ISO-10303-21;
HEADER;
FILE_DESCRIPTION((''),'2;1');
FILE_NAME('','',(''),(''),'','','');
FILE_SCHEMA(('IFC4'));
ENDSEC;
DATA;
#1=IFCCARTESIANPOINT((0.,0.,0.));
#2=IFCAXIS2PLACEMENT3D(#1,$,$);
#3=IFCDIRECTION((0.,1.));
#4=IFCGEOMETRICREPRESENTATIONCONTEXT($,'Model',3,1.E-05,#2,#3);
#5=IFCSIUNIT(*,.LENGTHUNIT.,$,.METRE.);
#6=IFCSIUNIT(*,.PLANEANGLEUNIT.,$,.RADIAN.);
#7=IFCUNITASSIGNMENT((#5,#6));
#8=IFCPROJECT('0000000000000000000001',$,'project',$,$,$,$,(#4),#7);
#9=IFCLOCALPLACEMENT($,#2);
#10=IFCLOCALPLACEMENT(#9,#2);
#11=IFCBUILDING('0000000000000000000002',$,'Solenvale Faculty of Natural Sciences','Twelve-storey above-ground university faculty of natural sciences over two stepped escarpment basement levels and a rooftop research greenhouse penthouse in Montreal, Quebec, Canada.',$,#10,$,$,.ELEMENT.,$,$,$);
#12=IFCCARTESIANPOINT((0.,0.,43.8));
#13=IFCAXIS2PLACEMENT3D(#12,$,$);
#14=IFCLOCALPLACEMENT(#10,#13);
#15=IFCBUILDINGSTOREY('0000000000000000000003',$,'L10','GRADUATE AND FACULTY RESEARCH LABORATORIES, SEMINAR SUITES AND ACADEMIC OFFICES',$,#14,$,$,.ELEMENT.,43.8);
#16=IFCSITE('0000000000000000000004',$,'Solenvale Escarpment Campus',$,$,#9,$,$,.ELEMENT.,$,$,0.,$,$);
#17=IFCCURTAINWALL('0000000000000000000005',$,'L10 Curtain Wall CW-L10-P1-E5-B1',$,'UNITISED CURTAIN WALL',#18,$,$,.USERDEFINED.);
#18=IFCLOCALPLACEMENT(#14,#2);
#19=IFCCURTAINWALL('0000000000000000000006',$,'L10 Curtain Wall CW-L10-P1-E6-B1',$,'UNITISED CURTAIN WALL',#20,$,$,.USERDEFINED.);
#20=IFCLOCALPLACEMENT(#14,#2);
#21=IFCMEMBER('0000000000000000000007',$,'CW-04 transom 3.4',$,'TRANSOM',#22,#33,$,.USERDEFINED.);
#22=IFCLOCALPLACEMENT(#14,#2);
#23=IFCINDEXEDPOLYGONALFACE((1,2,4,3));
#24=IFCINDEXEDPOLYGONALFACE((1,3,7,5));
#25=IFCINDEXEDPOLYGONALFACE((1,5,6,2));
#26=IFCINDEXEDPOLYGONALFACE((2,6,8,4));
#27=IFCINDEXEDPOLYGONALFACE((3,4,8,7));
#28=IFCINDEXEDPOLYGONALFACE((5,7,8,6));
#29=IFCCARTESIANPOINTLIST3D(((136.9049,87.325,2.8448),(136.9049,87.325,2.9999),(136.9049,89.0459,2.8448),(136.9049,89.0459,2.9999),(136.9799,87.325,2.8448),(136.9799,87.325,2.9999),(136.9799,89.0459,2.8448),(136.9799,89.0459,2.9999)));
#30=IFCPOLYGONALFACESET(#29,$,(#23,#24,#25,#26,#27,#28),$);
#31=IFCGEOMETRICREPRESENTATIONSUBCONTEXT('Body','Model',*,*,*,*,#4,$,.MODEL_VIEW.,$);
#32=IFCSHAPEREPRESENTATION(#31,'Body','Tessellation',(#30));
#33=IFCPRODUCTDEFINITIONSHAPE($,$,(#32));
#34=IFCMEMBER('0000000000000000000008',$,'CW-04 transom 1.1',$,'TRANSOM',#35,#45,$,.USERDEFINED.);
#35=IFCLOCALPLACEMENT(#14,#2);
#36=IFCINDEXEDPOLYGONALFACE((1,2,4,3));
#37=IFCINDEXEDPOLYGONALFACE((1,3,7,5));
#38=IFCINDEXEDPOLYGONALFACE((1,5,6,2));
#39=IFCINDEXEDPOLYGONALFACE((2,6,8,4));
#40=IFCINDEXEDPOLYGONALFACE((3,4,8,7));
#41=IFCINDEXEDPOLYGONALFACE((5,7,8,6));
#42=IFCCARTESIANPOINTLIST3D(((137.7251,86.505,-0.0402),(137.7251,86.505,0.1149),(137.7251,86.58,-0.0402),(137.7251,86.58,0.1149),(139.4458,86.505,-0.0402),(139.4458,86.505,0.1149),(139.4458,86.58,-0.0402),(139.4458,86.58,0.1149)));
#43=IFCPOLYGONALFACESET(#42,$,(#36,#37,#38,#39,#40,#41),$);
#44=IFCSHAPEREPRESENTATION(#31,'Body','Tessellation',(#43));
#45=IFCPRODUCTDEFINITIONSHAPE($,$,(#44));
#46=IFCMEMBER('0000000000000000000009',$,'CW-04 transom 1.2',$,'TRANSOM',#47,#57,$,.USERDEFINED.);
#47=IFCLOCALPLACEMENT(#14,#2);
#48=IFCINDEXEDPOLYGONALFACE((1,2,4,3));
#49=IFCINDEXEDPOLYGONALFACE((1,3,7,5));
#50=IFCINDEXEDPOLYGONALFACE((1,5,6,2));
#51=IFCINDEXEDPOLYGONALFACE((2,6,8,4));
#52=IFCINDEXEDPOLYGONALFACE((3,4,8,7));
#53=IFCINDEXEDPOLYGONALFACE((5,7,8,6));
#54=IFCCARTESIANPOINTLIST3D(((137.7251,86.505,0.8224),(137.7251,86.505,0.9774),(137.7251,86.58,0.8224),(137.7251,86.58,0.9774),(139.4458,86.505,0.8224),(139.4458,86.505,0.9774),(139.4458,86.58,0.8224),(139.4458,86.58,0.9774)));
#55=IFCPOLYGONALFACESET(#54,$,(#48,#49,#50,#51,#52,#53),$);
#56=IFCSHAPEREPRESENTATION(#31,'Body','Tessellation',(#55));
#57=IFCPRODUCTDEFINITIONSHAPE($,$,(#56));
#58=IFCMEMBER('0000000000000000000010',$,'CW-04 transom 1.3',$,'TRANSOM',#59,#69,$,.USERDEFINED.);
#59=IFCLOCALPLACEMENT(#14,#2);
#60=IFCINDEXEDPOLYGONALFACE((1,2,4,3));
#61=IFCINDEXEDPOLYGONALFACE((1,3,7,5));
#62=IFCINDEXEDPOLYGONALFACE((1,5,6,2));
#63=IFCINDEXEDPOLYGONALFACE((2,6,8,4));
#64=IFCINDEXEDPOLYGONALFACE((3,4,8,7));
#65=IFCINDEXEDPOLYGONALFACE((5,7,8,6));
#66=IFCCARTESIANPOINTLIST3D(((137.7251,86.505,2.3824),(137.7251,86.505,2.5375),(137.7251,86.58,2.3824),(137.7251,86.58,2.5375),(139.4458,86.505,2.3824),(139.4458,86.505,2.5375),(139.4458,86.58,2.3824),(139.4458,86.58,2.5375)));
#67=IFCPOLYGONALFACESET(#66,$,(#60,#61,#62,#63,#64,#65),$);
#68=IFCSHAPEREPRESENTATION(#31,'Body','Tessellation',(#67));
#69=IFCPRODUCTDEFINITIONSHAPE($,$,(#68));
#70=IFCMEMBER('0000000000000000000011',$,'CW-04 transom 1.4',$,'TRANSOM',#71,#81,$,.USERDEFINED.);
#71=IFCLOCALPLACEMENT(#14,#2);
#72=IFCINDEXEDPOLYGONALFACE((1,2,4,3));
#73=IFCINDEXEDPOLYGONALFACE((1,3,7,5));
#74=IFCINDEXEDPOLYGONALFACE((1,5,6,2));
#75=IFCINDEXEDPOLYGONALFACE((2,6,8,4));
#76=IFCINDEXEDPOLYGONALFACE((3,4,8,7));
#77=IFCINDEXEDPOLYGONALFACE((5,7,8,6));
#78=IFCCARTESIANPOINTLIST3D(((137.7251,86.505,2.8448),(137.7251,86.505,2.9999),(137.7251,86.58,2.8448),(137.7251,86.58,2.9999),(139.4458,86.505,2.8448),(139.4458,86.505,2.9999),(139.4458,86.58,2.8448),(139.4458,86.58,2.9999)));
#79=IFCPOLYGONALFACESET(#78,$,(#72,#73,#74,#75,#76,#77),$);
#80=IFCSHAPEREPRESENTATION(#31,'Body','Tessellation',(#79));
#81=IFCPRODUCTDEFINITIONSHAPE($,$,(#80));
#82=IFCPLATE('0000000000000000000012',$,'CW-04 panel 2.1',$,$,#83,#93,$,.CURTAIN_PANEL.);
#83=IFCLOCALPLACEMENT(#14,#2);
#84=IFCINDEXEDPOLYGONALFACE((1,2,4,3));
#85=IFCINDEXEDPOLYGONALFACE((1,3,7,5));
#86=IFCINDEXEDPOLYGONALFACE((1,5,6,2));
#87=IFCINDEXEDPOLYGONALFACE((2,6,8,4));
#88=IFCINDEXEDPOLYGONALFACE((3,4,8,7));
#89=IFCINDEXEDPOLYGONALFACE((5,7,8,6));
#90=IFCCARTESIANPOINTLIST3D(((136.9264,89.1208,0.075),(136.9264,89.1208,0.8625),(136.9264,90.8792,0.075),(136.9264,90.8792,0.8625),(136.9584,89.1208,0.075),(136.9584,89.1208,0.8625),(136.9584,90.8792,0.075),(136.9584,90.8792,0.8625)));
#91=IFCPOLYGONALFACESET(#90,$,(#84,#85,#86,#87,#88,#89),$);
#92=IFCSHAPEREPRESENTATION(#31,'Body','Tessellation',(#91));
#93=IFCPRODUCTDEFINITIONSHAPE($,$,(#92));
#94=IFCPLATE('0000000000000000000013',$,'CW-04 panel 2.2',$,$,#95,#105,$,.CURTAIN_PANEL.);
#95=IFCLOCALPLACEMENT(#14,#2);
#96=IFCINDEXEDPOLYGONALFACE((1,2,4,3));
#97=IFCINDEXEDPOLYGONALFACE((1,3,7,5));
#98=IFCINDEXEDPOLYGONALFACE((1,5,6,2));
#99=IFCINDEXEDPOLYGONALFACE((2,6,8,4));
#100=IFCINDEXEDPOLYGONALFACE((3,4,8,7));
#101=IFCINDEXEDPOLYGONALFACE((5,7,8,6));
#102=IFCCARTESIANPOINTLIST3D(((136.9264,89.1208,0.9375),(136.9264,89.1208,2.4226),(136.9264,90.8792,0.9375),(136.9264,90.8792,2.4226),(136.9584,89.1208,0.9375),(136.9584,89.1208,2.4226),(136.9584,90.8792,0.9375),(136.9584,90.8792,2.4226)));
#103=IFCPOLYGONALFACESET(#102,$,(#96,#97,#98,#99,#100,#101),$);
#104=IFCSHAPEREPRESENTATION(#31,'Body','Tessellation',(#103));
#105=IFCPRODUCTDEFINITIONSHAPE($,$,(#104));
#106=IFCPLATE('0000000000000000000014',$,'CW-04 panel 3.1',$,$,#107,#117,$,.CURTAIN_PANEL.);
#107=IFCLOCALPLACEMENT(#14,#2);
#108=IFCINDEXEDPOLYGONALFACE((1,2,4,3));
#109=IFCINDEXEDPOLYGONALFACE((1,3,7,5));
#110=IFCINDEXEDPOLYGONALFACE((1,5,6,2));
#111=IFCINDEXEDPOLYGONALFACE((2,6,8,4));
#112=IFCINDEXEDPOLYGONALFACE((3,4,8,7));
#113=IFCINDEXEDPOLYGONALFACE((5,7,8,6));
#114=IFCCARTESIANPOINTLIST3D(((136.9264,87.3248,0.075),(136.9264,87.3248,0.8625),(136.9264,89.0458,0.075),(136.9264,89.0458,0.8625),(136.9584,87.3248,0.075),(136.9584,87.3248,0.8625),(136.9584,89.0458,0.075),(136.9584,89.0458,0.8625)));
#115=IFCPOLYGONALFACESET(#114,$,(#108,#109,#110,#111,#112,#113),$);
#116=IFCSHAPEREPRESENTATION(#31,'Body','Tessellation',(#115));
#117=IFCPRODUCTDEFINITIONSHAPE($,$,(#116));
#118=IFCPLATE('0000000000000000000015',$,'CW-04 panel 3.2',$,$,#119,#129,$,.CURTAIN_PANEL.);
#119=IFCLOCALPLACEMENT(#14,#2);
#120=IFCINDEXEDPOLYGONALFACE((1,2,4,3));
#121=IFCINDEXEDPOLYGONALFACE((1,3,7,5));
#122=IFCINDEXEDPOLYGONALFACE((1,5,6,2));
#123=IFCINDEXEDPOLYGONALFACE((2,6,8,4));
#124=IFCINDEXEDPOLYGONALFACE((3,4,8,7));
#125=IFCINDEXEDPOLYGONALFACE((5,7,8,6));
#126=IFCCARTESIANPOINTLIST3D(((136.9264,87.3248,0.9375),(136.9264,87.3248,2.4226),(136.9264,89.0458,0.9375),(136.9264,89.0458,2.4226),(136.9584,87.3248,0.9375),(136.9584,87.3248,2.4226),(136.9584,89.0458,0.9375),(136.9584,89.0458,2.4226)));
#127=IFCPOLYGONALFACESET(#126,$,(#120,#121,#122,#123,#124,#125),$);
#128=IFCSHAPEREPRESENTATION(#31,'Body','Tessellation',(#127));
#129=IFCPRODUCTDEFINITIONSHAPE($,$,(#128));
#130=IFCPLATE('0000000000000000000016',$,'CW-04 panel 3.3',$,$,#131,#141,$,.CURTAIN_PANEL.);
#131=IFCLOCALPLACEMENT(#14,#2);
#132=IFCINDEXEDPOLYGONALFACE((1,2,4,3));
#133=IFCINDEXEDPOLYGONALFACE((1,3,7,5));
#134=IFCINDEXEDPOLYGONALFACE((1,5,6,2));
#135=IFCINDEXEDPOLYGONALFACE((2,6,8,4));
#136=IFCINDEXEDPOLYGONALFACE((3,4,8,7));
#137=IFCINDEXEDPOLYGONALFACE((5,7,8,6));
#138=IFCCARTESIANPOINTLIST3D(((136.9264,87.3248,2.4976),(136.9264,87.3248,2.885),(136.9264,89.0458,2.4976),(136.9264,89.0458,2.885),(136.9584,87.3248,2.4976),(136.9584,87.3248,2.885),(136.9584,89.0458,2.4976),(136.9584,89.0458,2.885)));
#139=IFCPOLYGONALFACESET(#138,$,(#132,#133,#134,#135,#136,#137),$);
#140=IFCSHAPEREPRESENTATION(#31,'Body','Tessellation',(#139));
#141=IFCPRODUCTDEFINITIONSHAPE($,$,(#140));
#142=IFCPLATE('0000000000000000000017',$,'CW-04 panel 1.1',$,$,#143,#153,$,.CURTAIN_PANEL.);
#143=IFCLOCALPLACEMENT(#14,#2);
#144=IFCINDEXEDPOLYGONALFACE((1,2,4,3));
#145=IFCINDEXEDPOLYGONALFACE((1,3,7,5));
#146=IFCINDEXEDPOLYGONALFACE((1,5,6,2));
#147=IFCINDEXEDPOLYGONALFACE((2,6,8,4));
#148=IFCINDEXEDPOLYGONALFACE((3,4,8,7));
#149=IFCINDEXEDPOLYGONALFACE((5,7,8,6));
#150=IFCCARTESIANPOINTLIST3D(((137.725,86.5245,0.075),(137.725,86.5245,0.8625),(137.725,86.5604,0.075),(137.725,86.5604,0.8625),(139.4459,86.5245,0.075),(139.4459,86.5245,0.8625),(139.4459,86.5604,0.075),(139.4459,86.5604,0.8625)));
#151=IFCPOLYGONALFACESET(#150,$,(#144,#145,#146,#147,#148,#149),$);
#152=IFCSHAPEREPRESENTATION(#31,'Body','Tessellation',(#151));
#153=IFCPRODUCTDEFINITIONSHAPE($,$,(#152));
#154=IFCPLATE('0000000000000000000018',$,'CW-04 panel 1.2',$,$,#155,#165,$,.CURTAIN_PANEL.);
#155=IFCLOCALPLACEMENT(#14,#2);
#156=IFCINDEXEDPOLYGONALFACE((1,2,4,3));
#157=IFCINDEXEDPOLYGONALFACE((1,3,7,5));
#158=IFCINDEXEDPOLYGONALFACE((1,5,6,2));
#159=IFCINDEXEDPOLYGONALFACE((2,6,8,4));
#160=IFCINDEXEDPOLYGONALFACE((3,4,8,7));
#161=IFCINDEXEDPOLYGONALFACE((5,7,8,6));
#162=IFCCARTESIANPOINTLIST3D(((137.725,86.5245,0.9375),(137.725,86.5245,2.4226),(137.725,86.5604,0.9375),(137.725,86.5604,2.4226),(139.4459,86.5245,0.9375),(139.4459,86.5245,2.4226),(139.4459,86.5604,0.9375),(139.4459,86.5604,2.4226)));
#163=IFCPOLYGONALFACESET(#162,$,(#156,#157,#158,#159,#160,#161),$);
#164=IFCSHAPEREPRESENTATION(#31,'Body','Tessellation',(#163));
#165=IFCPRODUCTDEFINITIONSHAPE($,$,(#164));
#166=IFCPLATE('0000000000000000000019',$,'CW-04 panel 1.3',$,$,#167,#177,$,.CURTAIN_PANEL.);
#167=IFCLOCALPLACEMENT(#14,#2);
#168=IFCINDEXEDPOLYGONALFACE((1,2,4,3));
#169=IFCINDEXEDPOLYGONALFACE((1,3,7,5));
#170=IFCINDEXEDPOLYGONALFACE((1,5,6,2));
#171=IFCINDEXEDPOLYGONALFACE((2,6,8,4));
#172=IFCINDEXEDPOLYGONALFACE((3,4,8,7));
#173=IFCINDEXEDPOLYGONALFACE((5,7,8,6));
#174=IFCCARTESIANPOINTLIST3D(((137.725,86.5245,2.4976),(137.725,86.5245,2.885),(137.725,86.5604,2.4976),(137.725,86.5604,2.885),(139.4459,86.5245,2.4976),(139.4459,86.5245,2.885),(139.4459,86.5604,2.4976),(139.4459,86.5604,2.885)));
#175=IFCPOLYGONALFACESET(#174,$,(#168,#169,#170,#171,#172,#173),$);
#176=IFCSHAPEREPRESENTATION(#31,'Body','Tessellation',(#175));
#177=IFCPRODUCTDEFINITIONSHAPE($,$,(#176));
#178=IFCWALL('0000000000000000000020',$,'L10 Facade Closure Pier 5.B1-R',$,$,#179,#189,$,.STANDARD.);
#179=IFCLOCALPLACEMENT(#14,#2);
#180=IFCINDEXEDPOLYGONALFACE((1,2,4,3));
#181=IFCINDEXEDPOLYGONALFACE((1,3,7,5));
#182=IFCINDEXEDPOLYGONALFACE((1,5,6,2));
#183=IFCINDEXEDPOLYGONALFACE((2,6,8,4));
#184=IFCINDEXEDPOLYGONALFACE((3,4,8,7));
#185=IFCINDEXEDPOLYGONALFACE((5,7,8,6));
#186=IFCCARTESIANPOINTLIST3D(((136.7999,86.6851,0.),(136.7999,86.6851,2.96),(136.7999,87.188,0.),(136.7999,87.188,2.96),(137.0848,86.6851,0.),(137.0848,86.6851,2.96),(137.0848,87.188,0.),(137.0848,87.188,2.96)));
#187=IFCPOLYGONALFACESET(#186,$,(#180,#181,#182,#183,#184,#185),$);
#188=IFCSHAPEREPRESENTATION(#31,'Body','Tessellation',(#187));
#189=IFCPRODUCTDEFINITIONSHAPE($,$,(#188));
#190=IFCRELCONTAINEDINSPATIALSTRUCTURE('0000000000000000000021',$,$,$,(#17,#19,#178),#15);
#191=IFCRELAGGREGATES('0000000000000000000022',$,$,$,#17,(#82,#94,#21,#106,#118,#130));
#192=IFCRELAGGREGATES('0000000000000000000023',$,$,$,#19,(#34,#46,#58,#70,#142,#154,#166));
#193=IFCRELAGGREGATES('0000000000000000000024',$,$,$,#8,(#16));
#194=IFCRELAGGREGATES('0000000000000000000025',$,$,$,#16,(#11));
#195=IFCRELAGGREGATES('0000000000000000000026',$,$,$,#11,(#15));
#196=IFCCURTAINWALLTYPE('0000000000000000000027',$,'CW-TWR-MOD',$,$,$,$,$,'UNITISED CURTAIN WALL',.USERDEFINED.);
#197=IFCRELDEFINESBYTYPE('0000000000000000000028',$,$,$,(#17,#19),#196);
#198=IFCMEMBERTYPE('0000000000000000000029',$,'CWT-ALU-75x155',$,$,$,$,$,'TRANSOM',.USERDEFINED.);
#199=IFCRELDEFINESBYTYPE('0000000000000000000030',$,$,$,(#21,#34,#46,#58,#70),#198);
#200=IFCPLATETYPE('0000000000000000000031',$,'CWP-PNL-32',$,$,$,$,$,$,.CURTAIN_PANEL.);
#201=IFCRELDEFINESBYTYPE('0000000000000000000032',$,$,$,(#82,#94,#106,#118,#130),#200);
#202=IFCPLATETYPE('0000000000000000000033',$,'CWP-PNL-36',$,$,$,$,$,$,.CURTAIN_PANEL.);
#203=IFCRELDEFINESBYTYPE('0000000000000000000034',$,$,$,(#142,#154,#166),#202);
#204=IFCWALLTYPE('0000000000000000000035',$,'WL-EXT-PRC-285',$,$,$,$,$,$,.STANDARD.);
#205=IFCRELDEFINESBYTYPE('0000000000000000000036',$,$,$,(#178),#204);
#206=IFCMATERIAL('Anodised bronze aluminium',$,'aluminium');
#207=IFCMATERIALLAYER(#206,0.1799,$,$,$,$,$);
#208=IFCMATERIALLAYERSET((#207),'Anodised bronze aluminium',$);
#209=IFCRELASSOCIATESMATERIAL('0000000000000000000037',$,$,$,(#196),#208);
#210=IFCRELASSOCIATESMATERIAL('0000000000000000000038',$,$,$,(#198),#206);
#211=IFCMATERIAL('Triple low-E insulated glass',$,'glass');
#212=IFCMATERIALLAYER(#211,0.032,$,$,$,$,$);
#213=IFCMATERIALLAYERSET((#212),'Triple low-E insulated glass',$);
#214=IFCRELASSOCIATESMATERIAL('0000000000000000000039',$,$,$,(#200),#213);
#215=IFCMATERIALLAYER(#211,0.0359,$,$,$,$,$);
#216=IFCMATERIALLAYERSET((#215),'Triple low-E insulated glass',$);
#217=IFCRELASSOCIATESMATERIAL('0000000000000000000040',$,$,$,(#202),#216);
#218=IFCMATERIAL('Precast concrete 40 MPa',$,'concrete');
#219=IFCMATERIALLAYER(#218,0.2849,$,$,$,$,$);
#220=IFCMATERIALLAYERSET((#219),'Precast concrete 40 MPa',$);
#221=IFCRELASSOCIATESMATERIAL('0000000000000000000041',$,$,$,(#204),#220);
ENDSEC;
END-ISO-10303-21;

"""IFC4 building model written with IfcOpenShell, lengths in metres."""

from ifc_helpers import new_model, si_unit, direction, frame, frame_2d, origin, origin_2d, place, context, subcontext, project, spatial, rectangle, extrude, material, layer, layer_set, material_profile, profile_set, type_object, element, aggregate, save


model = new_model("IFC4")

# Units and contexts
model_context = context("Model", 3, precision=1e-05, world=origin(), true_north=direction((0.0, 1.0)))
body_context = subcontext(model_context, "Body", "Model", "MODEL_VIEW")
ifc_project = project(units=[si_unit("LENGTHUNIT", "METRE"), si_unit("PLANEANGLEUNIT", "RADIAN")], contexts=[model_context])

# Site, building, storey
site_placement = place(None, origin())
site = spatial("IfcSite", under=ifc_project, at=site_placement, Name="Solenvale Escarpment Campus", CompositionType="ELEMENT", RefElevation=0.0)
building_placement = place(site_placement, origin())
building = spatial("IfcBuilding", under=site, at=building_placement, Name="Solenvale Faculty of Natural Sciences", Description="Twelve-storey above-ground university faculty of natural sciences over two stepped escarpment basement levels and a rooftop research greenhouse penthouse in Montreal, Quebec, Canada.", CompositionType="ELEMENT")
storey_placement = place(building_placement, frame((0.0, 0.0, 43.8)))
storey = spatial("IfcBuildingStorey", under=building, at=storey_placement, Name="L10", Description="GRADUATE AND FACULTY RESEARCH LABORATORIES, SEMINAR SUITES AND ACADEMIC OFFICES", CompositionType="ELEMENT", Elevation=43.8)

# Curtain walls
ifc_material_1 = material(Name="Anodised bronze aluminium", Category="aluminium")
ifc_layer_1 = layer(ifc_material_1, 0.1799)
ifc_layer_set_1 = layer_set([ifc_layer_1], Name="Anodised bronze aluminium")
curtain_wall_type = type_object("IfcCurtainWallType", Name="CW-TWR-MOD", ElementType="UNITISED CURTAIN WALL", PredefinedType="USERDEFINED", material=ifc_layer_set_1)
curtain_wall_1_placement = place(storey_placement, origin())
curtain_wall_1 = element("IfcCurtainWall", 1, at=curtain_wall_1_placement, inside=storey, type_object=curtain_wall_type, Name="L10 Curtain Wall CW-L10-P1-E5-B1", ObjectType="UNITISED CURTAIN WALL", PredefinedType="USERDEFINED")
curtain_wall_2_placement = place(storey_placement, origin())
curtain_wall_2 = element("IfcCurtainWall", 2, at=curtain_wall_2_placement, inside=storey, type_object=curtain_wall_type, Name="L10 Curtain Wall CW-L10-P1-E6-B1", ObjectType="UNITISED CURTAIN WALL", PredefinedType="USERDEFINED")

# Members
ifc_material_profile_1 = material_profile(ifc_material_1, rectangle(XDim=0.075, YDim=0.155, at=origin_2d()), Name="ALU-TRN-75x155")
ifc_profile_set_1 = profile_set([ifc_material_profile_1], Name="Anodised bronze aluminium")
member_type_1 = type_object("IfcMemberType", Name="CWT-ALU-75x155", ElementType="TRANSOM", PredefinedType="USERDEFINED", material=ifc_profile_set_1)
member_1_placement = place(storey_placement, frame((136.9424, 89.0459, 2.9224), z_axis=(0.0, -1.0, 0.0), x_axis=(1.0, 0.0, 0.0)))
member_1 = element("IfcMember", 3, at=member_1_placement, type_object=member_type_1, Name="CW-04 transom 3.4", ObjectType="TRANSOM", PredefinedType="USERDEFINED", context=body_context, shape_type="SweptSolid", body=[
    extrude(rectangle(XDim=0.075, YDim=0.155, at=origin_2d()), origin(), (0.0, 0.0, 1.0), 1.7209),
])
member_2_placement = place(storey_placement, frame((137.7251, 86.5425, 0.0374), z_axis=(1.0, 0.0, 0.0), x_axis=(0.0, 1.0, 0.0)))
member_2 = element("IfcMember", 4, at=member_2_placement, type_object=member_type_1, Name="CW-04 transom 1.1", ObjectType="TRANSOM", PredefinedType="USERDEFINED", context=body_context, shape_type="SweptSolid", body=[
    extrude(rectangle(XDim=0.075, YDim=0.155, at=origin_2d()), origin(), (0.0, 0.0, 1.0), 1.7207),
])
member_3_placement = place(storey_placement, frame((137.7251, 86.5425, 0.8999), z_axis=(1.0, 0.0, 0.0), x_axis=(0.0, 1.0, 0.0)))
member_3 = element("IfcMember", 5, at=member_3_placement, type_object=member_type_1, Name="CW-04 transom 1.2", ObjectType="TRANSOM", PredefinedType="USERDEFINED", context=body_context, shape_type="SweptSolid", body=[
    extrude(rectangle(XDim=0.075, YDim=0.155, at=origin_2d()), origin(), (0.0, 0.0, 1.0), 1.7207),
])
member_4_placement = place(storey_placement, frame((137.7251, 86.5425, 2.46), z_axis=(1.0, 0.0, 0.0), x_axis=(0.0, 1.0, 0.0)))
member_4 = element("IfcMember", 6, at=member_4_placement, type_object=member_type_1, Name="CW-04 transom 1.3", ObjectType="TRANSOM", PredefinedType="USERDEFINED", context=body_context, shape_type="SweptSolid", body=[
    extrude(rectangle(XDim=0.075, YDim=0.155, at=origin_2d()), origin(), (0.0, 0.0, 1.0), 1.7207),
])
member_5_placement = place(storey_placement, frame((137.7251, 86.5425, 2.9224), z_axis=(1.0, 0.0, 0.0), x_axis=(0.0, 1.0, 0.0)))
member_5 = element("IfcMember", 7, at=member_5_placement, type_object=member_type_1, Name="CW-04 transom 1.4", ObjectType="TRANSOM", PredefinedType="USERDEFINED", context=body_context, shape_type="SweptSolid", body=[
    extrude(rectangle(XDim=0.075, YDim=0.155, at=origin_2d()), origin(), (0.0, 0.0, 1.0), 1.7207),
])

# Plates
ifc_material_2 = material(Name="Triple low-E insulated glass", Category="glass")
ifc_layer_2 = layer(ifc_material_2, 0.032)
ifc_layer_set_2 = layer_set([ifc_layer_2], Name="Triple low-E insulated glass")
plate_type_1 = type_object("IfcPlateType", Name="CWP-PNL-32", PredefinedType="CURTAIN_PANEL", material=ifc_layer_set_2)
plate_1_placement = place(storey_placement, frame((136.9424, 90.0, 0.075), z_axis=(0.0, 0.0, 1.0), x_axis=(0.0, -1.0, 0.0)))
plate_1 = element("IfcPlate", 8, at=plate_1_placement, type_object=plate_type_1, Name="CW-04 panel 2.1", PredefinedType="CURTAIN_PANEL", context=body_context, shape_type="SweptSolid", body=[
    extrude(rectangle(XDim=1.7583, YDim=0.032, at=origin_2d()), origin(), (0.0, 0.0, 1.0), 0.7876),
])
plate_2_placement = place(storey_placement, frame((136.9424, 90.0, 0.9375), z_axis=(0.0, 0.0, 1.0), x_axis=(0.0, -1.0, 0.0)))
plate_2 = element("IfcPlate", 9, at=plate_2_placement, type_object=plate_type_1, Name="CW-04 panel 2.2", PredefinedType="CURTAIN_PANEL", context=body_context, shape_type="SweptSolid", body=[
    extrude(rectangle(XDim=1.7583, YDim=0.032, at=origin_2d()), origin(), (0.0, 0.0, 1.0), 1.4851),
])
plate_3_placement = place(storey_placement, frame((136.9424, 88.1853, 0.075), z_axis=(0.0, 0.0, 1.0), x_axis=(0.0, -1.0, 0.0)))
plate_3 = element("IfcPlate", 10, at=plate_3_placement, type_object=plate_type_1, Name="CW-04 panel 3.1", PredefinedType="CURTAIN_PANEL", context=body_context, shape_type="SweptSolid", body=[
    extrude(rectangle(XDim=1.7209, YDim=0.032, at=origin_2d()), origin(), (0.0, 0.0, 1.0), 0.7876),
])
plate_4_placement = place(storey_placement, frame((136.9424, 88.1853, 0.9375), z_axis=(0.0, 0.0, 1.0), x_axis=(0.0, -1.0, 0.0)))
plate_4 = element("IfcPlate", 11, at=plate_4_placement, type_object=plate_type_1, Name="CW-04 panel 3.2", PredefinedType="CURTAIN_PANEL", context=body_context, shape_type="SweptSolid", body=[
    extrude(rectangle(XDim=1.7209, YDim=0.032, at=origin_2d()), origin(), (0.0, 0.0, 1.0), 1.4851),
])
plate_5_placement = place(storey_placement, frame((136.9424, 88.1853, 2.4976), z_axis=(0.0, 0.0, 1.0), x_axis=(0.0, -1.0, 0.0)))
plate_5 = element("IfcPlate", 12, at=plate_5_placement, type_object=plate_type_1, Name="CW-04 panel 3.3", PredefinedType="CURTAIN_PANEL", context=body_context, shape_type="SweptSolid", body=[
    extrude(rectangle(XDim=1.7209, YDim=0.032, at=origin_2d()), origin(), (0.0, 0.0, 1.0), 0.3875),
])
aggregate(curtain_wall_1, [plate_1, plate_2, member_1, plate_3, plate_4, plate_5])
ifc_layer_3 = layer(ifc_material_2, 0.0359)
ifc_layer_set_3 = layer_set([ifc_layer_3], Name="Triple low-E insulated glass")
plate_type_2 = type_object("IfcPlateType", Name="CWP-PNL-36", PredefinedType="CURTAIN_PANEL", material=ifc_layer_set_3)
plate_6_placement = place(storey_placement, frame((138.5854, 86.5425, 0.075), z_axis=(0.0, 0.0, 1.0), x_axis=(1.0, 0.0, 0.0)))
plate_6 = element("IfcPlate", 13, at=plate_6_placement, type_object=plate_type_2, Name="CW-04 panel 1.1", PredefinedType="CURTAIN_PANEL", context=body_context, shape_type="SweptSolid", body=[
    extrude(rectangle(XDim=1.7209, YDim=0.0359, at=origin_2d()), origin(), (0.0, 0.0, 1.0), 0.7876),
])
plate_7_placement = place(storey_placement, frame((138.5854, 86.5425, 0.9375), z_axis=(0.0, 0.0, 1.0), x_axis=(1.0, 0.0, 0.0)))
plate_7 = element("IfcPlate", 14, at=plate_7_placement, type_object=plate_type_2, Name="CW-04 panel 1.2", PredefinedType="CURTAIN_PANEL", context=body_context, shape_type="SweptSolid", body=[
    extrude(rectangle(XDim=1.7209, YDim=0.0359, at=origin_2d()), origin(), (0.0, 0.0, 1.0), 1.4851),
])
plate_8_placement = place(storey_placement, frame((138.5854, 86.5425, 2.4976), z_axis=(0.0, 0.0, 1.0), x_axis=(1.0, 0.0, 0.0)))
plate_8 = element("IfcPlate", 15, at=plate_8_placement, type_object=plate_type_2, Name="CW-04 panel 1.3", PredefinedType="CURTAIN_PANEL", context=body_context, shape_type="SweptSolid", body=[
    extrude(rectangle(XDim=1.7209, YDim=0.0359, at=origin_2d()), origin(), (0.0, 0.0, 1.0), 0.3875),
])
aggregate(curtain_wall_2, [member_2, member_3, member_4, member_5, plate_6, plate_7, plate_8])

# Wall
ifc_material_3 = material(Name="Precast concrete 40 MPa", Category="concrete")
ifc_layer_4 = layer(ifc_material_3, 0.2849)
ifc_layer_set_4 = layer_set([ifc_layer_4], Name="Precast concrete 40 MPa")
wall_type_1 = type_object("IfcWallType", Name="WL-EXT-PRC-285", PredefinedType="STANDARD", material=ifc_layer_set_4)
wall_1_placement = place(storey_placement, frame((136.9424, 87.188, 0.0), z_axis=(0.0, 0.0, 1.0), x_axis=(0.0, -1.0, 0.0)))
element("IfcWall", 16, at=wall_1_placement, inside=storey, type_object=wall_type_1, Name="L10 Facade Closure Pier 5.B1-R", PredefinedType="STANDARD", context=body_context, shape_type="SweptSolid", body=[
    extrude(rectangle(XDim=0.5029, YDim=0.2849, at=frame_2d((0.2515, 0.0))), origin(), (0.0, 0.0, 1.0), 2.96),
])

save(model, "model.ifc")
